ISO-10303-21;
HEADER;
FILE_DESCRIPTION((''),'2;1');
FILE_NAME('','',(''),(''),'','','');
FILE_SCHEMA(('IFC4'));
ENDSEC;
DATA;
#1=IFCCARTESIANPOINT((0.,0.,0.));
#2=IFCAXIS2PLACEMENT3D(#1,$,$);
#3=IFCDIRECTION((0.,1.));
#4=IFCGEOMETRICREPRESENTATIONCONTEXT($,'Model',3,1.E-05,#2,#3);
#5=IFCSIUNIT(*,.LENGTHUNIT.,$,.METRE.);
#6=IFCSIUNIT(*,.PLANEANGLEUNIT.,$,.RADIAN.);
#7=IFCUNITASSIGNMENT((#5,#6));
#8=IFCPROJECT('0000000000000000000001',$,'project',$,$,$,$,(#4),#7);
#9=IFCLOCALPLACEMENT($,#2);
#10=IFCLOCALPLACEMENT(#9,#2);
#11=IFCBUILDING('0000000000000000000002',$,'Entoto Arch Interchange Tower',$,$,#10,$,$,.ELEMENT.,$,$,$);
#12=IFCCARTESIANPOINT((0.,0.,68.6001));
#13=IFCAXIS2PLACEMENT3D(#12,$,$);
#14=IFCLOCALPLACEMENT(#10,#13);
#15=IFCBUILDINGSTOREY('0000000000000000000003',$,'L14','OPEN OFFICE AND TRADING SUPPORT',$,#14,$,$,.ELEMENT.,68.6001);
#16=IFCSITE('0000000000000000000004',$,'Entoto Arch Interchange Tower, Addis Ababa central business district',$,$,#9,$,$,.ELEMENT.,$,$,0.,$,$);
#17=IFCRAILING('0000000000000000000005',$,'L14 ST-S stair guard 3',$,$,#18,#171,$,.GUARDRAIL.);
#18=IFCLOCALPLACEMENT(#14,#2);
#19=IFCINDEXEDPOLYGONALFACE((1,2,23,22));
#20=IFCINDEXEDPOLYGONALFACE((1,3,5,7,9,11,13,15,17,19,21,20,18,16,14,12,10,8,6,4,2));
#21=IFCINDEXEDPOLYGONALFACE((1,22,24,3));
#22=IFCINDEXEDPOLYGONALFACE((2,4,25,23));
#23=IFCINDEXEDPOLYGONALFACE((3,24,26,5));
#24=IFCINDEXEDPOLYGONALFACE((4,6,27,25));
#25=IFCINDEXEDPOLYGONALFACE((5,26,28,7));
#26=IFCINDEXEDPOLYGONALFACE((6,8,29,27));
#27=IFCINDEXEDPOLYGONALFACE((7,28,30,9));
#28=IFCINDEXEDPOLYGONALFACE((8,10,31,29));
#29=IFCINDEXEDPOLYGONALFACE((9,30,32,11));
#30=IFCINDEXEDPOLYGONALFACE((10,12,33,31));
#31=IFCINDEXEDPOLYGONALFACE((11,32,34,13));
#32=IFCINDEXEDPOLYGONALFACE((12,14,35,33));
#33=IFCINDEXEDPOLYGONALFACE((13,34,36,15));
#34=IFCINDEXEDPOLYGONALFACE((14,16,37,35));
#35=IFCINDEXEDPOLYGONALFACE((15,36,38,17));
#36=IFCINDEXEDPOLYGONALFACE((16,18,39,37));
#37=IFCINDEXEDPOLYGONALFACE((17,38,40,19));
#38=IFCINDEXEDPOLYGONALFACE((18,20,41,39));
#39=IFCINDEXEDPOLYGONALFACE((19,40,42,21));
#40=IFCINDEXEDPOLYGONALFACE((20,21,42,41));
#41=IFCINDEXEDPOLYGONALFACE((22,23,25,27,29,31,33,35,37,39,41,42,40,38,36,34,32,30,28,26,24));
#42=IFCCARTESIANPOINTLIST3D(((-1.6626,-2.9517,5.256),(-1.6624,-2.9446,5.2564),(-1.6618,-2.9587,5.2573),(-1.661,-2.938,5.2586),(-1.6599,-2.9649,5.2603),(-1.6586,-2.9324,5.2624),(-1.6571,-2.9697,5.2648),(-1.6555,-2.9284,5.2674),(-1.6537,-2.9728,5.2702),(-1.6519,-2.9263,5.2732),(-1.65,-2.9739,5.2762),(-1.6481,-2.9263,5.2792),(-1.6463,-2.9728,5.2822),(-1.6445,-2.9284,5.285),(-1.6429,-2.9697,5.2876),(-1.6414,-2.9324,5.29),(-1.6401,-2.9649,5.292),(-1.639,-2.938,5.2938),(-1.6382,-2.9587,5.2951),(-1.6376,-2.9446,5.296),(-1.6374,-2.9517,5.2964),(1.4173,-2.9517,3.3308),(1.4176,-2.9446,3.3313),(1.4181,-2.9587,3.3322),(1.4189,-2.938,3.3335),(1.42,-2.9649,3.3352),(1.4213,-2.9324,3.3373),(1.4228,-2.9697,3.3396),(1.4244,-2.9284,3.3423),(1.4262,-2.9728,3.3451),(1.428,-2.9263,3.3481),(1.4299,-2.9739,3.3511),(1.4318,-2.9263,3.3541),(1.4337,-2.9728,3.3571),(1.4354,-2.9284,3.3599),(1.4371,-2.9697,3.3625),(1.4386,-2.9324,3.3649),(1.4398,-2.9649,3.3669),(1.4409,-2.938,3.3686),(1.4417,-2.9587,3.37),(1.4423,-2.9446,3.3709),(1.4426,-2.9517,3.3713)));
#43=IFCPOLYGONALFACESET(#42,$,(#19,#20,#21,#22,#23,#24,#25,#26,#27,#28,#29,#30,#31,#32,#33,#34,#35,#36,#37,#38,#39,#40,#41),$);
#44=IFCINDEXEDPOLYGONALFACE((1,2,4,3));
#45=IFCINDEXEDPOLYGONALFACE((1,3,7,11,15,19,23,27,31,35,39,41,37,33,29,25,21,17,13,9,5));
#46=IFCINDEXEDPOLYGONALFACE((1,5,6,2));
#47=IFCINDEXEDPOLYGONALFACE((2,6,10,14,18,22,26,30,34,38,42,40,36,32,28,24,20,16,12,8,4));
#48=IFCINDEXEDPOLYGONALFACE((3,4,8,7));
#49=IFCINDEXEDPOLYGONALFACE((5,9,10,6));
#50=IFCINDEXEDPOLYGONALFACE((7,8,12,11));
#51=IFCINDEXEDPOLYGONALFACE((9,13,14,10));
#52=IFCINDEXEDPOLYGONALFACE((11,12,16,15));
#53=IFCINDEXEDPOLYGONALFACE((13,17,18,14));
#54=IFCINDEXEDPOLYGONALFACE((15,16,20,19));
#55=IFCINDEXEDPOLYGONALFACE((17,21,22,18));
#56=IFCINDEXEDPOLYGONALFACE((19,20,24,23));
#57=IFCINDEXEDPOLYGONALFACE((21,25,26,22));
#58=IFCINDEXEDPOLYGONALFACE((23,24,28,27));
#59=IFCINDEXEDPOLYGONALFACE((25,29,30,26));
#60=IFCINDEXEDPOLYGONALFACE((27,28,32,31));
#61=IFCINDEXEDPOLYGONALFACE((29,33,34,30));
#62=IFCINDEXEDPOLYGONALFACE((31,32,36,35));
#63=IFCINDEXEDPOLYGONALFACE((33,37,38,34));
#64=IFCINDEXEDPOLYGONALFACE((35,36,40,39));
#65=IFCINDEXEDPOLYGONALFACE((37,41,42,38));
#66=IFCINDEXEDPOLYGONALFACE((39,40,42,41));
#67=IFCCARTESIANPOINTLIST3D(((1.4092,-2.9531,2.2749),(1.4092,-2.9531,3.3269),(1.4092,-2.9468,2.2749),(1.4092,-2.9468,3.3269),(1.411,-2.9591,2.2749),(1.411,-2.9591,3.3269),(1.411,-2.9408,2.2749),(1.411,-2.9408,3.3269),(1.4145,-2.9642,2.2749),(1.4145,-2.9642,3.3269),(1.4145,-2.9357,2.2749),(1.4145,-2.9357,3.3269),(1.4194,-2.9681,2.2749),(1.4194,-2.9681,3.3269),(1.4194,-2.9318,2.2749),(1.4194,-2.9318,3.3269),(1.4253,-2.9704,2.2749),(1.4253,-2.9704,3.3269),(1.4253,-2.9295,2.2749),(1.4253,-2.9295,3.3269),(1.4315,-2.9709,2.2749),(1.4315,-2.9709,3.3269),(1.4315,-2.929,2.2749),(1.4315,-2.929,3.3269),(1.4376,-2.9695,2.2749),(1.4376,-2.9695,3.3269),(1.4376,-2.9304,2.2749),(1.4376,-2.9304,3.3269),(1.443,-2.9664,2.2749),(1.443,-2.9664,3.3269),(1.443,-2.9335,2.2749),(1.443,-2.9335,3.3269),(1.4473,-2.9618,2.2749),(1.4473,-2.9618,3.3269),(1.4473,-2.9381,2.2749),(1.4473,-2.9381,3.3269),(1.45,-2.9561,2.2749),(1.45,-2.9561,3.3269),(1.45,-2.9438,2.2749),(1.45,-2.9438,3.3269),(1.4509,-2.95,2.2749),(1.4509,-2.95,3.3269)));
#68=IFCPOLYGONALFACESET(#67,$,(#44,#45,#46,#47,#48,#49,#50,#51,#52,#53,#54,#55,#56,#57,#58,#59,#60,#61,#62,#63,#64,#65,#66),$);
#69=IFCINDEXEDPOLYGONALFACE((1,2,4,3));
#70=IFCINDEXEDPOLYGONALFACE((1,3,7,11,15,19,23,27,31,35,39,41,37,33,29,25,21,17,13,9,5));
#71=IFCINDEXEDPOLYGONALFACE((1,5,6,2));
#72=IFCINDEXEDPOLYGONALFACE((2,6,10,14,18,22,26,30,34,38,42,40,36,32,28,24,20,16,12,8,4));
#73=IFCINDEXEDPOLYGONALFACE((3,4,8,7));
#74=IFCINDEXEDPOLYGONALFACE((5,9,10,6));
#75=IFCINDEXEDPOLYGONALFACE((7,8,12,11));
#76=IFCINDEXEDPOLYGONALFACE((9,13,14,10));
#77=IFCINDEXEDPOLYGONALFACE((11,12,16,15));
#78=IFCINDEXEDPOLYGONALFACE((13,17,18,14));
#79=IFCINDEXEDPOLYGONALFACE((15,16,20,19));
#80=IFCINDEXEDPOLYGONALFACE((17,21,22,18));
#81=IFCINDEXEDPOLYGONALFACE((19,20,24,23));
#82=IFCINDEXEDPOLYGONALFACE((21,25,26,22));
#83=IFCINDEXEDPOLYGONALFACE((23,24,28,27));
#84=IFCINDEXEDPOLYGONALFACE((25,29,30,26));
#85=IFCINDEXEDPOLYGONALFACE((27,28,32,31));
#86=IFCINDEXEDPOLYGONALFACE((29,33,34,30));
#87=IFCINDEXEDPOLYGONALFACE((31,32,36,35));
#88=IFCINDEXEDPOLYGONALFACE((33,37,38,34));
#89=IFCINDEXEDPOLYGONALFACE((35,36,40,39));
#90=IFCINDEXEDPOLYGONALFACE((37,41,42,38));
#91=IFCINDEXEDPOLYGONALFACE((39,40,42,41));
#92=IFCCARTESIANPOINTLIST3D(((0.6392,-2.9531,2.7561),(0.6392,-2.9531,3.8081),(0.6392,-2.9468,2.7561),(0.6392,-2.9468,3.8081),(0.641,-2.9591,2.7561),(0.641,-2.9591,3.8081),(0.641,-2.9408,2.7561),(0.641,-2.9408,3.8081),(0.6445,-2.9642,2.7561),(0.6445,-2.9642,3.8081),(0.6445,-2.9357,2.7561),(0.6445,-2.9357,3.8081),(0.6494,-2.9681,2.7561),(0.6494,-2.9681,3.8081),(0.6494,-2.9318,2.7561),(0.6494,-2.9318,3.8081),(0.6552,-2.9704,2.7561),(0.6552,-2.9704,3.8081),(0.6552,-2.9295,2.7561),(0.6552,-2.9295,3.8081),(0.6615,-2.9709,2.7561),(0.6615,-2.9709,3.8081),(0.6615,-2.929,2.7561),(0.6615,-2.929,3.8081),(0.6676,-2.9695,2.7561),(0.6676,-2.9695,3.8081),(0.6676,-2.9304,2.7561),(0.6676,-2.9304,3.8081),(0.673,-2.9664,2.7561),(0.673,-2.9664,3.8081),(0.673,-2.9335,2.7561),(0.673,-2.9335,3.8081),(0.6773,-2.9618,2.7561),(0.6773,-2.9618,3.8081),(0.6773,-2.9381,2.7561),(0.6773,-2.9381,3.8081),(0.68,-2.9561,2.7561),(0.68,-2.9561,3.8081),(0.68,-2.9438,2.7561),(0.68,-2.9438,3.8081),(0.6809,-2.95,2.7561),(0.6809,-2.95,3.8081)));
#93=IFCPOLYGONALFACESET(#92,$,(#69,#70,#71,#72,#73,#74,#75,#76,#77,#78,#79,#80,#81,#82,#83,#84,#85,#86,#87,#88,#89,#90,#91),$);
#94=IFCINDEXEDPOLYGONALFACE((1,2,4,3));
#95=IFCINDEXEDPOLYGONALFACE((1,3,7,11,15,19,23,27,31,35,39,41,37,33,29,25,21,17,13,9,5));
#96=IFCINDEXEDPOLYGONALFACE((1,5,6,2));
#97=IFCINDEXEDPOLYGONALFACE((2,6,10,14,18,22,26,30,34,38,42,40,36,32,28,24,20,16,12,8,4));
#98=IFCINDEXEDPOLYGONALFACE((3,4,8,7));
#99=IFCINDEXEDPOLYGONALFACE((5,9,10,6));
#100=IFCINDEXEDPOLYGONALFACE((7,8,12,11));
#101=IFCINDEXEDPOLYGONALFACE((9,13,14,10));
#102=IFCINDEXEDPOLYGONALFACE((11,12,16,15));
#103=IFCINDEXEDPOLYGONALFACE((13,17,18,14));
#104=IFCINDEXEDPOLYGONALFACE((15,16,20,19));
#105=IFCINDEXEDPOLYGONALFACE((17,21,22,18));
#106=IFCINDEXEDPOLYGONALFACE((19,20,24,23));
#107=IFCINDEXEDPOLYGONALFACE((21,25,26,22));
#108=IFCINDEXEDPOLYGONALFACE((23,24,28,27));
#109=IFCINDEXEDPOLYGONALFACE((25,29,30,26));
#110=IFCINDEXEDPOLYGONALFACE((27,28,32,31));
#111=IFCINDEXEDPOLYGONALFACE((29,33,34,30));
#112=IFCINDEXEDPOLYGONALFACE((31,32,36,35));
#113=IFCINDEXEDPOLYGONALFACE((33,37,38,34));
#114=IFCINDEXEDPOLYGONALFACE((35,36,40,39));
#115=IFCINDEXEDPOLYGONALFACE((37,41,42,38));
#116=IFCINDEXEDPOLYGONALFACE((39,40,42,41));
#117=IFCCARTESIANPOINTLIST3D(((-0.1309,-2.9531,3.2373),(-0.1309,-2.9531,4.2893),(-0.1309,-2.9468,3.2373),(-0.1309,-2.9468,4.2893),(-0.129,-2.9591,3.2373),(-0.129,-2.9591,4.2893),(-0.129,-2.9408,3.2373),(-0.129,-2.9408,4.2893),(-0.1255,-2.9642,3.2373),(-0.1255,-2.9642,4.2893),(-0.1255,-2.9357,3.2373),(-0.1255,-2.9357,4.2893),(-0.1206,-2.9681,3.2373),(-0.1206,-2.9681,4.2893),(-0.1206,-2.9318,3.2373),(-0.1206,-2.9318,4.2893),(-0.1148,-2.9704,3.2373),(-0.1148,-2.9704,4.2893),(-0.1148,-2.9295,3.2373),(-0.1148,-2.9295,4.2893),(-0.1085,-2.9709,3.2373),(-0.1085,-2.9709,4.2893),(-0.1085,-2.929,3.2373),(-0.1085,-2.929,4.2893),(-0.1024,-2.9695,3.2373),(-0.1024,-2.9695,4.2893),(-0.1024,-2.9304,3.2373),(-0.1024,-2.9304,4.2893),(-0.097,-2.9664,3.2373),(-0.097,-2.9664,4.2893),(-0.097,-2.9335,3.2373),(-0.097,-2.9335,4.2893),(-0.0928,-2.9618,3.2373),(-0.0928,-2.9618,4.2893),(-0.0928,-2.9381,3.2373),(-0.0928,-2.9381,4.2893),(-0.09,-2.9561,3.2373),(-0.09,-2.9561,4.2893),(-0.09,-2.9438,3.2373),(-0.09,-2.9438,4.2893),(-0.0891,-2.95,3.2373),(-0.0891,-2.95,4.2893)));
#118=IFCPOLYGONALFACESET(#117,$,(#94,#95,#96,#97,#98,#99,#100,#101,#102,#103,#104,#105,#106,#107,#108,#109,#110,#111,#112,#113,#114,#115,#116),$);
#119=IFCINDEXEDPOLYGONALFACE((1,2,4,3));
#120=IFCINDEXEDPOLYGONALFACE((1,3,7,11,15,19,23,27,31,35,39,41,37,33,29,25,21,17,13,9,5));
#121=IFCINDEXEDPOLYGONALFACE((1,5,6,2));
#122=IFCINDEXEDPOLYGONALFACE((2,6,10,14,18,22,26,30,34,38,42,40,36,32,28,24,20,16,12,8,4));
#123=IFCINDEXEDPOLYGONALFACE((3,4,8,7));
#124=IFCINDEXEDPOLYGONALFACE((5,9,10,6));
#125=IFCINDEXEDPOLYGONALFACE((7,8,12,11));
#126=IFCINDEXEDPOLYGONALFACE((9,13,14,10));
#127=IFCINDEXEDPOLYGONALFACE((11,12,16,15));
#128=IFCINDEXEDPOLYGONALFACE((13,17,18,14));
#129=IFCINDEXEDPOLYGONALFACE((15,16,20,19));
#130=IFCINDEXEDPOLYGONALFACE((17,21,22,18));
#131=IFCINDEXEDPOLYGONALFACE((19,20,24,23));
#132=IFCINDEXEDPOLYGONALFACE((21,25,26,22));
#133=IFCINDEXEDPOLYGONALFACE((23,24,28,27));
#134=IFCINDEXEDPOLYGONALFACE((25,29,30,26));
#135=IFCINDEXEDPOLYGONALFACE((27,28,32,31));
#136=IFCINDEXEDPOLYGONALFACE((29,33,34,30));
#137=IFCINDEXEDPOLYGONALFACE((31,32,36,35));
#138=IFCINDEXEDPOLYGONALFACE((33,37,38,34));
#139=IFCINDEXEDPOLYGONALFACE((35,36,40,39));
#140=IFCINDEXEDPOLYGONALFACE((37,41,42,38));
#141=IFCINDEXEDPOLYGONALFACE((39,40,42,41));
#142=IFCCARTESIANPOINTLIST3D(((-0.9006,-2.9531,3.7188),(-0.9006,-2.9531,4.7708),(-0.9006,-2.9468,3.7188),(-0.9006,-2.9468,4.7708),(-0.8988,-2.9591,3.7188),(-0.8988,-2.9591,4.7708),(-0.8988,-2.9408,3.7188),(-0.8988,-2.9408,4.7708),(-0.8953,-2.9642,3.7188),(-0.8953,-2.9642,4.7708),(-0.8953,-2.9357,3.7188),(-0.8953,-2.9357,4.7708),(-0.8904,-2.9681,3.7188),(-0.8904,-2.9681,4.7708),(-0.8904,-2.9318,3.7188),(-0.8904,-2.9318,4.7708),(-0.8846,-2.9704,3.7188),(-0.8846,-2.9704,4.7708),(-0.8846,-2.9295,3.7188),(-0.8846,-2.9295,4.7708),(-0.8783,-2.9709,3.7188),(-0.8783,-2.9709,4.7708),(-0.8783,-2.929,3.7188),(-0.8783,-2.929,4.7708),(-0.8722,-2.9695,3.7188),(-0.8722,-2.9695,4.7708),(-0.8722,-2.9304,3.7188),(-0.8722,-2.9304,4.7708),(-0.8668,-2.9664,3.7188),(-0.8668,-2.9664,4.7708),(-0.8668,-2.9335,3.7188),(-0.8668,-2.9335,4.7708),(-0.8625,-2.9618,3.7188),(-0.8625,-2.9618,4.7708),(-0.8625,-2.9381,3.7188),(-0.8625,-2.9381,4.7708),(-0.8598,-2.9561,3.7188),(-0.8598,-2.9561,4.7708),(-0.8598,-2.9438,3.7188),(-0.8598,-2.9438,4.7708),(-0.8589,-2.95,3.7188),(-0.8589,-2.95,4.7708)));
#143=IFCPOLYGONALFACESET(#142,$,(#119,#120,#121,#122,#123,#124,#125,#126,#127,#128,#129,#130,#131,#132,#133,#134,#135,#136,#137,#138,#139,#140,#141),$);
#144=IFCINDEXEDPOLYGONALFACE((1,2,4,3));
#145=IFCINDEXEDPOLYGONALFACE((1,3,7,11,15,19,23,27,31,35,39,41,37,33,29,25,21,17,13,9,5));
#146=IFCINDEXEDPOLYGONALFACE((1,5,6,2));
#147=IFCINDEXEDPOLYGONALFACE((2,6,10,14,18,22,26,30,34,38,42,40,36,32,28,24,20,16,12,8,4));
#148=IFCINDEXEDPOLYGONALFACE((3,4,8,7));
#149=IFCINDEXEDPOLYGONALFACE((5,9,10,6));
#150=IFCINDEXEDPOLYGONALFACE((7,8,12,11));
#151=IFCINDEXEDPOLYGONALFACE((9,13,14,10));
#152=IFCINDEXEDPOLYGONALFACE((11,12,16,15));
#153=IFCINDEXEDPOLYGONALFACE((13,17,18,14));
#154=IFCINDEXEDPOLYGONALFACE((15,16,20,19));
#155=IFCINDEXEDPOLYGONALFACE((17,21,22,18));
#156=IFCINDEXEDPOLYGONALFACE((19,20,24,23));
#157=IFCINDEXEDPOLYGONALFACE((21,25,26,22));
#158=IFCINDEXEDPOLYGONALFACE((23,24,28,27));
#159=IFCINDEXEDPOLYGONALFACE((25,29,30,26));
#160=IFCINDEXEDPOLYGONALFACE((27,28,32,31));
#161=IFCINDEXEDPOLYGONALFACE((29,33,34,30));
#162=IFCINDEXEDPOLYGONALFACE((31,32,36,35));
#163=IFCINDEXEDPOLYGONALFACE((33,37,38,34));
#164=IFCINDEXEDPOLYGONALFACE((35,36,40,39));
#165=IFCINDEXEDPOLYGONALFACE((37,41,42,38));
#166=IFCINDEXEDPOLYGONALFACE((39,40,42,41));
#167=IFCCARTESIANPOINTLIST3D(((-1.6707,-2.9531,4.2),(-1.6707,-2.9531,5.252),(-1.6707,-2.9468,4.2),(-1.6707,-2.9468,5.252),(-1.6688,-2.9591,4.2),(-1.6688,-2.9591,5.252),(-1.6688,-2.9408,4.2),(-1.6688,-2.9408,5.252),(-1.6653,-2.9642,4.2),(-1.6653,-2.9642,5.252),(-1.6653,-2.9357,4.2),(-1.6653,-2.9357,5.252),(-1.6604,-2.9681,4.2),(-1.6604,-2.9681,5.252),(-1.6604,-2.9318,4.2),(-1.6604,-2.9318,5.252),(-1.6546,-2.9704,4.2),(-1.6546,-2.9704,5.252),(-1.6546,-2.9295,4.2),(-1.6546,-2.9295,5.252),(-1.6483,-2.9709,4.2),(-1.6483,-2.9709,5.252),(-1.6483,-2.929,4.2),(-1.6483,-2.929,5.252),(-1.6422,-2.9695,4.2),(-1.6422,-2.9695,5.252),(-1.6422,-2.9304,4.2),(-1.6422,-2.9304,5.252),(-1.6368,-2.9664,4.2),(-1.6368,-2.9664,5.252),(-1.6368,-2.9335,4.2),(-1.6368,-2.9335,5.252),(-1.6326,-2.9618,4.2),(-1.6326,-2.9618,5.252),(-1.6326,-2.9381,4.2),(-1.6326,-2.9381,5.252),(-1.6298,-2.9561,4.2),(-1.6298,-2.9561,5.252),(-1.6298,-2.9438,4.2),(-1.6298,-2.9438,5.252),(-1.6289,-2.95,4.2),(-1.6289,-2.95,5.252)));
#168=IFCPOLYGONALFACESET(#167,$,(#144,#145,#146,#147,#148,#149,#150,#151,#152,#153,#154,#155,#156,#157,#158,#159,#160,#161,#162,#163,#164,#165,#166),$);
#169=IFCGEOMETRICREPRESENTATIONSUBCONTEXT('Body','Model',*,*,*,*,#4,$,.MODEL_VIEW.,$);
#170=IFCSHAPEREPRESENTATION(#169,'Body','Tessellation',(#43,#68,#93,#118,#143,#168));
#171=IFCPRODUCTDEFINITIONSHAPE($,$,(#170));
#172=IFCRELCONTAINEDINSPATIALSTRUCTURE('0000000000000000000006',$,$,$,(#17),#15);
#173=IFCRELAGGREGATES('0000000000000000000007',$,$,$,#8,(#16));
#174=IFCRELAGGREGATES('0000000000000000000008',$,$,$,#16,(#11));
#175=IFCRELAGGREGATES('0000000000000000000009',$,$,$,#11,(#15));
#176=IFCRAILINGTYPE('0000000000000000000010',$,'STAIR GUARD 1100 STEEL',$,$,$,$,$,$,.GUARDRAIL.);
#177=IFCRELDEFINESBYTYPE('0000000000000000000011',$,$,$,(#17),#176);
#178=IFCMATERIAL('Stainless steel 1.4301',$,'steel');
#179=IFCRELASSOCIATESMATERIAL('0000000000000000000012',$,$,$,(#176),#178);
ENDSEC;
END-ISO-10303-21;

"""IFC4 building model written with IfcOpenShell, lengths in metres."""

from ifc_helpers import new_model, si_unit, direction, frame, origin, origin_2d, place, context, subcontext, project, spatial, circle, extrude, material, type_object, element, save


model = new_model("IFC4")

# Units and contexts
model_context = context("Model", 3, precision=1e-05, world=origin(), true_north=direction((0.0, 1.0)))
body_context = subcontext(model_context, "Body", "Model", "MODEL_VIEW")
ifc_project = project(units=[si_unit("LENGTHUNIT", "METRE"), si_unit("PLANEANGLEUNIT", "RADIAN")], contexts=[model_context])

# Site, building, storey
site_placement = place(None, origin())
site = spatial("IfcSite", under=ifc_project, at=site_placement, Name="Entoto Arch Interchange Tower, Addis Ababa central business district", CompositionType="ELEMENT", RefElevation=0.0)
building_placement = place(site_placement, origin())
building = spatial("IfcBuilding", under=site, at=building_placement, Name="Entoto Arch Interchange Tower", CompositionType="ELEMENT")
storey_placement = place(building_placement, frame((0.0, 0.0, 68.6001)))
storey = spatial("IfcBuildingStorey", under=building, at=storey_placement, Name="L14", Description="OPEN OFFICE AND TRADING SUPPORT", CompositionType="ELEMENT", Elevation=68.6001)

# Railing
ifc_material_1 = material(Name="Stainless steel 1.4301", Category="steel")
railing_type_1 = type_object("IfcRailingType", Name="STAIR GUARD 1100 STEEL", PredefinedType="GUARDRAIL", material=ifc_material_1)
railing_1_placement = place(storey_placement, frame((1.4299, -2.95, 2.2749)))
element("IfcRailing", 1, at=railing_1_placement, inside=storey, type_object=railing_type_1, Name="L14 ST-S stair guard 3", PredefinedType="GUARDRAIL", context=body_context, shape_type="SweptSolid", body=[
    extrude(circle(Radius=0.0239, at=origin_2d()), frame((0.0, 0.0, 1.0762), z_axis=(-0.847979, 0.0, 0.530029), x_axis=(0.0, -1.0, 0.0)), (0.0, 0.0, 1.0), 3.6321),
    extrude(circle(Radius=0.021, at=origin_2d()), origin(), (0.0, 0.0, 1.0), 1.052),
    extrude(circle(Radius=0.021, at=origin_2d()), frame((-0.77, 0.0, 0.4812)), (0.0, 0.0, 1.0), 1.052),
    extrude(circle(Radius=0.021, at=origin_2d()), frame((-1.54, 0.0, 0.9624)), (0.0, 0.0, 1.0), 1.052),
    extrude(circle(Radius=0.021, at=origin_2d()), frame((-2.3098, 0.0, 1.4438)), (0.0, 0.0, 1.0), 1.052),
    extrude(circle(Radius=0.021, at=origin_2d()), frame((-3.0798, 0.0, 1.925)), (0.0, 0.0, 1.0), 1.052),
])

save(model, "model.ifc")
